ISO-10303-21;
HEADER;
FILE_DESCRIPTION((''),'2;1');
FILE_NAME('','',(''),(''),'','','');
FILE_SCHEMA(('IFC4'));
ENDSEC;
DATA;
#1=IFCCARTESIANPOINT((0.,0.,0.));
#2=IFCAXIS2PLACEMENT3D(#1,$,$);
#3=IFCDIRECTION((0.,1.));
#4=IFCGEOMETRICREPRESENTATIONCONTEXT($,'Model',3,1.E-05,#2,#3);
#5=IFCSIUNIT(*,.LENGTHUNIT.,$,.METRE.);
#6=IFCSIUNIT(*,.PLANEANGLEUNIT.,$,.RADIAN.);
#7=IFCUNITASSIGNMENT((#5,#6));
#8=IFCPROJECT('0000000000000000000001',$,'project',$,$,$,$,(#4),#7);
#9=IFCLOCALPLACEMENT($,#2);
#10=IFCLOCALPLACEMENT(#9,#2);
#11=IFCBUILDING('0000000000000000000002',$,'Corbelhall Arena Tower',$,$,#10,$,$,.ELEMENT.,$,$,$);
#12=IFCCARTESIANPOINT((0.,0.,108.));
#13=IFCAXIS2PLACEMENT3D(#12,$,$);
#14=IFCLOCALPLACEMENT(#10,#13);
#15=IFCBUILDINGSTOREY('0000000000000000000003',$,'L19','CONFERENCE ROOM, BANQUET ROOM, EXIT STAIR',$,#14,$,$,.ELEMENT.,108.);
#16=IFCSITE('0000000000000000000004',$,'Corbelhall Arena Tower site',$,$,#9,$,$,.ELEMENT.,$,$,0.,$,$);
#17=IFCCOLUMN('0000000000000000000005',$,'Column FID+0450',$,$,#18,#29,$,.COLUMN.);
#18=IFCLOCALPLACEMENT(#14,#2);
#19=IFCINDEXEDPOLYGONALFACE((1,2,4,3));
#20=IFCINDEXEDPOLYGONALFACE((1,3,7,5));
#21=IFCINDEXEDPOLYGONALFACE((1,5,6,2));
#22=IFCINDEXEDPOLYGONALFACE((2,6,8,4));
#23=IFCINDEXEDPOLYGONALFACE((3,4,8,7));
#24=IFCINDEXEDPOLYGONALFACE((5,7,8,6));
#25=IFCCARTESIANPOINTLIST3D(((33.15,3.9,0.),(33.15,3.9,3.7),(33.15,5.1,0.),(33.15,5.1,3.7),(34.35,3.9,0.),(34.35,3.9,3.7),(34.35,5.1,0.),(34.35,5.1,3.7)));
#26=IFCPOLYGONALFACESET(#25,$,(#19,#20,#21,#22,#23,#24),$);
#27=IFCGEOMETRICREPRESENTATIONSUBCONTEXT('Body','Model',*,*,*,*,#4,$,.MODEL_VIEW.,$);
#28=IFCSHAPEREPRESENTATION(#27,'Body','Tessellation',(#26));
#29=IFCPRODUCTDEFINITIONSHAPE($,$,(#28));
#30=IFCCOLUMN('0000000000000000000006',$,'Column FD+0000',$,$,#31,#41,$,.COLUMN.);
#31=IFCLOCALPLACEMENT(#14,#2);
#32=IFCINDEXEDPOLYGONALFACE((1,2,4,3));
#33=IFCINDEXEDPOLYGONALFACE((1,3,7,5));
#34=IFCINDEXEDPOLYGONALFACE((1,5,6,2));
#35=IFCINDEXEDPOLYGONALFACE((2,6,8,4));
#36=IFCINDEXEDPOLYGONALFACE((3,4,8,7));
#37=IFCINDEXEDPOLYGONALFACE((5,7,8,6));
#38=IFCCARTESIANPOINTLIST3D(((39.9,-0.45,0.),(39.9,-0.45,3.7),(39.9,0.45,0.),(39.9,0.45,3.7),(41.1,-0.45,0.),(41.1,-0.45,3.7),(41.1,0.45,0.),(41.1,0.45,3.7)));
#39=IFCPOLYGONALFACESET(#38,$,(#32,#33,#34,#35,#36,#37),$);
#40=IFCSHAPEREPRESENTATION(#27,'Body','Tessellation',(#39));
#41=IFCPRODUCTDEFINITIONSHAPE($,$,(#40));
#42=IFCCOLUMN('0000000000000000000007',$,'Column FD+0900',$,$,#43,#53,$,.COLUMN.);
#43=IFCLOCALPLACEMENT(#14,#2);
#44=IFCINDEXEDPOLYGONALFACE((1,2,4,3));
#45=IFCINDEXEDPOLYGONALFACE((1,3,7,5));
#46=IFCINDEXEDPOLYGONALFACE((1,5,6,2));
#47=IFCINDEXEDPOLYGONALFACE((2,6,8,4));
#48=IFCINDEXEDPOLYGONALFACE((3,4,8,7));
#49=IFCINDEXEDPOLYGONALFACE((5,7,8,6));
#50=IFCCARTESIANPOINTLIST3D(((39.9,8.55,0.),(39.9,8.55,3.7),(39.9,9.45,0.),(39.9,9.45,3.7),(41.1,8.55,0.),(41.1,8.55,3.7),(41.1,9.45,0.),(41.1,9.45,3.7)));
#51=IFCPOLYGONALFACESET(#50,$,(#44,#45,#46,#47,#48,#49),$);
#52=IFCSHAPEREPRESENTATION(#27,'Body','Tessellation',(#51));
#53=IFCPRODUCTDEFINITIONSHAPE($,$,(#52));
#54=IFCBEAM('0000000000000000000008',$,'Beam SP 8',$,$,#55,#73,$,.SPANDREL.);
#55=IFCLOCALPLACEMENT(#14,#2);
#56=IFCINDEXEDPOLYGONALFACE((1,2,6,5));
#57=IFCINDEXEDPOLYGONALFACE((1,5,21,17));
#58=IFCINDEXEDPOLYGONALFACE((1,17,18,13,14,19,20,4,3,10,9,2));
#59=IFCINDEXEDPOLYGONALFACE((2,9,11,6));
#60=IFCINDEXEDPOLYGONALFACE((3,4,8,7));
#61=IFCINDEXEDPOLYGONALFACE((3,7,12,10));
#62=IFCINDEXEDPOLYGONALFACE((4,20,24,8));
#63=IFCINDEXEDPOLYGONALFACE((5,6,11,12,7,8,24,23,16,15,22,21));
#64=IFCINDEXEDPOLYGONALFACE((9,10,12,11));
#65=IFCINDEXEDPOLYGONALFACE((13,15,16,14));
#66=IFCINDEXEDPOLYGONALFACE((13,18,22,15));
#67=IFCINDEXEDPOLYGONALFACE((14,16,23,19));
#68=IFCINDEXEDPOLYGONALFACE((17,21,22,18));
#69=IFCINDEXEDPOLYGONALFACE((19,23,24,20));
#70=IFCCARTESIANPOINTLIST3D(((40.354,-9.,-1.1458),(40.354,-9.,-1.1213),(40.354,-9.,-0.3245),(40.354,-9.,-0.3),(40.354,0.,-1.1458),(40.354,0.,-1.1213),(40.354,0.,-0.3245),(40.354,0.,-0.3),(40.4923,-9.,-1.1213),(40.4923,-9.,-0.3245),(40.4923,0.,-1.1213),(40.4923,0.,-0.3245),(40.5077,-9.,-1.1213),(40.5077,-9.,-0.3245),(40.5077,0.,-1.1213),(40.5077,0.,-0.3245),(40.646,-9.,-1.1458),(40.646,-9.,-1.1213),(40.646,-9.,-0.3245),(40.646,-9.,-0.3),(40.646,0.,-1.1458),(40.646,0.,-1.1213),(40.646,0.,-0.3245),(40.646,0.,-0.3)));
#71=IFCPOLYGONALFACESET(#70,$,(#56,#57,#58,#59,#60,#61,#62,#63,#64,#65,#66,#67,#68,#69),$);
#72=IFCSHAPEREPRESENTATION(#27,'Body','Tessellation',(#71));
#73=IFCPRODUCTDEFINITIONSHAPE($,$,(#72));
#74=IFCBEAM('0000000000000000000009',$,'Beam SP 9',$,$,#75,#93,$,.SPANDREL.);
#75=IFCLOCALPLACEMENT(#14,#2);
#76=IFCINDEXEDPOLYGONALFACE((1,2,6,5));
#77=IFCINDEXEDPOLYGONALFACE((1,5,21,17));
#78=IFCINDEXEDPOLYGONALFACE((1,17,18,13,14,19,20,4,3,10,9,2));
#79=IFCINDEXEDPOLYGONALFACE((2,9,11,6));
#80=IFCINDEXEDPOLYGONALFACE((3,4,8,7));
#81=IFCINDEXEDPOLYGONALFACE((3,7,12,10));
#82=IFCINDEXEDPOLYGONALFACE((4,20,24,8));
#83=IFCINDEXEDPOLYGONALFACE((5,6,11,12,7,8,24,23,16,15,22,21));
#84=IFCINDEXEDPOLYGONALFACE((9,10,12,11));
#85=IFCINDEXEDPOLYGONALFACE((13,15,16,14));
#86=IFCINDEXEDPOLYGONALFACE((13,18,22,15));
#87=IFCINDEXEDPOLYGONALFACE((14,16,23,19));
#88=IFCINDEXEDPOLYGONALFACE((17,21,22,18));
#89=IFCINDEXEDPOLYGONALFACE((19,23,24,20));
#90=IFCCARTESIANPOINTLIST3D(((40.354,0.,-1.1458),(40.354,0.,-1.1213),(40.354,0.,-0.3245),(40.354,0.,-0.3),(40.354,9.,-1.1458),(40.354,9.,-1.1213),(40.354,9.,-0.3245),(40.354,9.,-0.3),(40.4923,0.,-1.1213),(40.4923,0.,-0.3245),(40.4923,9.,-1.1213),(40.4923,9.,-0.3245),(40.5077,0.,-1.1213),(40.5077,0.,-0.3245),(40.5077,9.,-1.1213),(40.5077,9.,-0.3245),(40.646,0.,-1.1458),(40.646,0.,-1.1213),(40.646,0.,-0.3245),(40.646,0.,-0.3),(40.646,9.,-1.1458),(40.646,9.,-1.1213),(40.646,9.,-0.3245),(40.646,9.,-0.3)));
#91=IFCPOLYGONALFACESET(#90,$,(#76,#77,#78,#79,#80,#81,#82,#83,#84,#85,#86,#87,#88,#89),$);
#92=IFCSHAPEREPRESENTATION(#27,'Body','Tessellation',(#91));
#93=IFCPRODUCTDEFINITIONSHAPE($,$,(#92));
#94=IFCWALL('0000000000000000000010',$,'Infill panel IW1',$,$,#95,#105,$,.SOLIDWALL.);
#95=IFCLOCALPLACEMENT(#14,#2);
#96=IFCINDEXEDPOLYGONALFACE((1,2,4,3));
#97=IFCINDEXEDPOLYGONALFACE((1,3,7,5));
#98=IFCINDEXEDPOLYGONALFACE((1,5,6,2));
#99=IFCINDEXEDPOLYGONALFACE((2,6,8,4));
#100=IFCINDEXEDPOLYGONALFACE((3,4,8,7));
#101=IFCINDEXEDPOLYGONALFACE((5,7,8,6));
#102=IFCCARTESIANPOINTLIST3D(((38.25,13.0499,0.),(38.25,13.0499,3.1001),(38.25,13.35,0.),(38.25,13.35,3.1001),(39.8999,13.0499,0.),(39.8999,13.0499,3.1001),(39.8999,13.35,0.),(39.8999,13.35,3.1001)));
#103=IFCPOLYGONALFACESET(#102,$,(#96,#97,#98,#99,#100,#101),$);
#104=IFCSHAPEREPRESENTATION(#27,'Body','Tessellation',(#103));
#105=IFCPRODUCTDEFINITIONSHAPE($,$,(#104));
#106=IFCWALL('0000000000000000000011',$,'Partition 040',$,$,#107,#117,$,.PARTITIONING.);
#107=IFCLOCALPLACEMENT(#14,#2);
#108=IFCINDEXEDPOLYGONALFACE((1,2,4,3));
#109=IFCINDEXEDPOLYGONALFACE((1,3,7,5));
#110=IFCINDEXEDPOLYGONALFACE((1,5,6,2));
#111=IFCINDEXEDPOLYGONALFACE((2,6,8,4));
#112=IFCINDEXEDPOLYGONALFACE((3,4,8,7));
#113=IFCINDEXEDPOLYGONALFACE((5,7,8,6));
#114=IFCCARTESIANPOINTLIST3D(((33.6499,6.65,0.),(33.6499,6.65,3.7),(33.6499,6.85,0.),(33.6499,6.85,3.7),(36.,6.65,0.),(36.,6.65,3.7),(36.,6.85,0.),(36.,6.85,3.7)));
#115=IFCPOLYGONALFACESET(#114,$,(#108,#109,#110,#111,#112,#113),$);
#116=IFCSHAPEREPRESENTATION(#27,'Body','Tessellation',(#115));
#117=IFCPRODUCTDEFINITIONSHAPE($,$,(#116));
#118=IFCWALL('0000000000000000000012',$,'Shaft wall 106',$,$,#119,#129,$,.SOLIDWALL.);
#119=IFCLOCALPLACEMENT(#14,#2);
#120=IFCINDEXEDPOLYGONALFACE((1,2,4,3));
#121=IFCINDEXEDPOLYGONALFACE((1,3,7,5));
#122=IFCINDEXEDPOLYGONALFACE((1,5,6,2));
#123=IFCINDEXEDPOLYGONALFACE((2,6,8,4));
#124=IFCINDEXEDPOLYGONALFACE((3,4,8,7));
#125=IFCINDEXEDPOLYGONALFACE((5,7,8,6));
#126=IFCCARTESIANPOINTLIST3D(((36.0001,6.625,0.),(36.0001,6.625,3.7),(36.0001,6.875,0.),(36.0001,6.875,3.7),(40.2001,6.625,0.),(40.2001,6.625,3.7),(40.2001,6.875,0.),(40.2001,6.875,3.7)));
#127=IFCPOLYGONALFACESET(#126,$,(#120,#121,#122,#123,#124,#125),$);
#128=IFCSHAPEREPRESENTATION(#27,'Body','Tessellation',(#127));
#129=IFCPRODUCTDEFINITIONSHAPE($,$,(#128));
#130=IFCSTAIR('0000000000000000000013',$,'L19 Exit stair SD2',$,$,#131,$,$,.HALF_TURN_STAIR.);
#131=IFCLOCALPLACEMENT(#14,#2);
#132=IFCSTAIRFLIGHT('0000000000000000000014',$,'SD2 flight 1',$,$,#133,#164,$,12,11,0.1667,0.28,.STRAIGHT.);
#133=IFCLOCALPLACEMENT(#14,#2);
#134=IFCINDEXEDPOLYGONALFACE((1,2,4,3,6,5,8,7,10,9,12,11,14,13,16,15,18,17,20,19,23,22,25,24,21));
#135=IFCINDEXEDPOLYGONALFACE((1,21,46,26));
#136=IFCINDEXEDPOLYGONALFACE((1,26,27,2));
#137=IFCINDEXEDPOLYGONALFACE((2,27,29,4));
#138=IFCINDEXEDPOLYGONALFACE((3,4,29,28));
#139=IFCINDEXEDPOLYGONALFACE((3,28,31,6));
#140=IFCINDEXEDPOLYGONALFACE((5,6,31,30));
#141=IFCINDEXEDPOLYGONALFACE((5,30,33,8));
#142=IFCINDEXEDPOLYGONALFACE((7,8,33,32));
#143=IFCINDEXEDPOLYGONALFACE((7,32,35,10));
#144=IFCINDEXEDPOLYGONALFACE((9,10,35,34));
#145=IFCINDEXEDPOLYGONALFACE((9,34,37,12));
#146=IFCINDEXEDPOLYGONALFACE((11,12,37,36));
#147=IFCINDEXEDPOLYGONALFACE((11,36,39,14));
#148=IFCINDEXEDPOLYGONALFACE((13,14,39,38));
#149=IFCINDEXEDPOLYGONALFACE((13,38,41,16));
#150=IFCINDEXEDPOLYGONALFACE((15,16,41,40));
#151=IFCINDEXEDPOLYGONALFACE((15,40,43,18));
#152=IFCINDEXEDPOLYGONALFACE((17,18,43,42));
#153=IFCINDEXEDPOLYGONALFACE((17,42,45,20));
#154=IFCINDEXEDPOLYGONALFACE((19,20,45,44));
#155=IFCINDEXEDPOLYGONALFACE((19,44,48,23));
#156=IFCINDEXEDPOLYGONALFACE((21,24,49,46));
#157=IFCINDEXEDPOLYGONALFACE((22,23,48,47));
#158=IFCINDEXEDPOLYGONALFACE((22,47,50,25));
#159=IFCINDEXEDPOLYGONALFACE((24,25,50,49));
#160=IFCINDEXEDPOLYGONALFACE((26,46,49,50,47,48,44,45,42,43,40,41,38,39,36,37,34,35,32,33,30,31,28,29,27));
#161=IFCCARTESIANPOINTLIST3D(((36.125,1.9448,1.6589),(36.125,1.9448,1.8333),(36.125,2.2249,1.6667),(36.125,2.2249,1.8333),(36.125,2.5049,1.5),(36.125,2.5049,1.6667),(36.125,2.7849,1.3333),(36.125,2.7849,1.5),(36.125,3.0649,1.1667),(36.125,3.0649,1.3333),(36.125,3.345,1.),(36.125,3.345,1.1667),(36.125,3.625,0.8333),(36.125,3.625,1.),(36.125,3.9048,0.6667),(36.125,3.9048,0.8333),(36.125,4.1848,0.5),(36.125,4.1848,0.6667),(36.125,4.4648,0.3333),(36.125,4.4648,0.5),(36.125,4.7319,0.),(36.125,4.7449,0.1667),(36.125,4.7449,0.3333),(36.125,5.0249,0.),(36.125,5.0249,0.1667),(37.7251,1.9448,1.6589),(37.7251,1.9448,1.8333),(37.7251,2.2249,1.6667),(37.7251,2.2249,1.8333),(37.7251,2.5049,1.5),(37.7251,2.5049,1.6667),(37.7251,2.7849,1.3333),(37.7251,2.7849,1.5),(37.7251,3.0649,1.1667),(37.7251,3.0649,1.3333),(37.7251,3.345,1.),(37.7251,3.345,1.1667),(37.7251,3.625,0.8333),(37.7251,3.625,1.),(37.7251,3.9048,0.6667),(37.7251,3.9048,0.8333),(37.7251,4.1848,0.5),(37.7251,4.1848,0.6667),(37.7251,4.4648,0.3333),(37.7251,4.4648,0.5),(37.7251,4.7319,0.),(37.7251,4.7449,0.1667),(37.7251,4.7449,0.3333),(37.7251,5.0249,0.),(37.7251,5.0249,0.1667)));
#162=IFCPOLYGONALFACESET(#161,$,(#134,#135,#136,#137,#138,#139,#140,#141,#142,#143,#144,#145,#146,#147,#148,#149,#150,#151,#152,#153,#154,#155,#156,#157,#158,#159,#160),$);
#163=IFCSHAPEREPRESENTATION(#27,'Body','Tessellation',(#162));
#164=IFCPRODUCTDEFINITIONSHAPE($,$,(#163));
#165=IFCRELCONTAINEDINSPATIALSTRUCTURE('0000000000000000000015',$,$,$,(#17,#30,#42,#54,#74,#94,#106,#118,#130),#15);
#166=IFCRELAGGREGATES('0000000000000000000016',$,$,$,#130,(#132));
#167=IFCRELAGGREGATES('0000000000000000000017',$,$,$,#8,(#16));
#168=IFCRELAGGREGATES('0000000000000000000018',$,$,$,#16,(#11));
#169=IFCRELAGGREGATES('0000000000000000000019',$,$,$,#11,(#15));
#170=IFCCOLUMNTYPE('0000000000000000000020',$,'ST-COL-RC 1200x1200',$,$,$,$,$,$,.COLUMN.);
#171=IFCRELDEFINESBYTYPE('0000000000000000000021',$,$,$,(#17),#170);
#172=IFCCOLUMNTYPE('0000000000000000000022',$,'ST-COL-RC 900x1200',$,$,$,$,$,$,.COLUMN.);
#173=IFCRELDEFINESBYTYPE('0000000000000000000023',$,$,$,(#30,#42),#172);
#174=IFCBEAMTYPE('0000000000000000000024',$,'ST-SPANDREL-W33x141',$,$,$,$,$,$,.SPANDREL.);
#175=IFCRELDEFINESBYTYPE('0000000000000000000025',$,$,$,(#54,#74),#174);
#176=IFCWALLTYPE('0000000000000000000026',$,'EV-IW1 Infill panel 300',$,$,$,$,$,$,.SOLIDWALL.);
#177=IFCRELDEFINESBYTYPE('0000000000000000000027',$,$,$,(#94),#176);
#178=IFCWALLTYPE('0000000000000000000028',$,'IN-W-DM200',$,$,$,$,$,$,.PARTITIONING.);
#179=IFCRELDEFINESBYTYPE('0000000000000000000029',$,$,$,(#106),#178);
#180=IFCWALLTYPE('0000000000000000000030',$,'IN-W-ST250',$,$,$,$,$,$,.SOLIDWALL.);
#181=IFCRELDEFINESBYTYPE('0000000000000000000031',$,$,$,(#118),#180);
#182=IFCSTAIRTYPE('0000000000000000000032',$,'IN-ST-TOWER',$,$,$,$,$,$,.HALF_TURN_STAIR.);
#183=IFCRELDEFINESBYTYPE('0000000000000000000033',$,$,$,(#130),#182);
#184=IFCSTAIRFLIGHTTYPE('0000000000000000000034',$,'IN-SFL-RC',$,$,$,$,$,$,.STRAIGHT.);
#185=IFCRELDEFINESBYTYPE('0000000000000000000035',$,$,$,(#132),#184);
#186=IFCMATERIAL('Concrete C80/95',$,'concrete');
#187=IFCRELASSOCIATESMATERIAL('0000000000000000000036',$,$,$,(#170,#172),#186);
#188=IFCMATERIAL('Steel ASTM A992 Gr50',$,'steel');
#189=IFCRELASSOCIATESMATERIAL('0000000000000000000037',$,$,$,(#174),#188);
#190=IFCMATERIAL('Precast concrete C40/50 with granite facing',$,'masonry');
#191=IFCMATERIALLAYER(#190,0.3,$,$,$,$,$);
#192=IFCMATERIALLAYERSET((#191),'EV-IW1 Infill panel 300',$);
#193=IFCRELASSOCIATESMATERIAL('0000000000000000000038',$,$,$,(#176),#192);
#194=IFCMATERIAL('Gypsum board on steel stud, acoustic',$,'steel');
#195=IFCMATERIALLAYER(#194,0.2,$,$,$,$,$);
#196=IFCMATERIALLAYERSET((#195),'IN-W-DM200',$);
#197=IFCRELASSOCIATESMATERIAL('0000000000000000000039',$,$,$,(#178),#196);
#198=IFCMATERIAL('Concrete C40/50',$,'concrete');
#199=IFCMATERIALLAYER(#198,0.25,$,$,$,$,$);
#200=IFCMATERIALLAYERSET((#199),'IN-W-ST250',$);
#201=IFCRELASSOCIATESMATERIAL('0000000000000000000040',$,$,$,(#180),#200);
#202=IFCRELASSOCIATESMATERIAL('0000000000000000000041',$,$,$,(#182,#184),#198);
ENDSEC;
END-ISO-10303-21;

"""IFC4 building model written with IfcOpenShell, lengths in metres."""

from ifc_helpers import new_model, si_unit, direction, frame, frame_2d, origin, origin_2d, place, context, subcontext, project, spatial, polyline, rectangle, i_section, outline, extrude, material, layer, layer_set, material_profile, profile_set, type_object, element, aggregate, save


model = new_model("IFC4")

# Units and contexts
model_context = context("Model", 3, precision=1e-05, world=origin(), true_north=direction((0.0, 1.0)))
body_context = subcontext(model_context, "Body", "Model", "MODEL_VIEW")
ifc_project = project(units=[si_unit("LENGTHUNIT", "METRE"), si_unit("PLANEANGLEUNIT", "RADIAN")], contexts=[model_context])

# Site, building, storey
site_placement = place(None, origin())
site = spatial("IfcSite", under=ifc_project, at=site_placement, Name="Corbelhall Arena Tower site", CompositionType="ELEMENT", RefElevation=0.0)
building_placement = place(site_placement, origin())
building = spatial("IfcBuilding", under=site, at=building_placement, Name="Corbelhall Arena Tower", CompositionType="ELEMENT")
storey_placement = place(building_placement, frame((0.0, 0.0, 108.0)))
storey = spatial("IfcBuildingStorey", under=building, at=storey_placement, Name="L19", Description="CONFERENCE ROOM, BANQUET ROOM, EXIT STAIR", CompositionType="ELEMENT", Elevation=108.0)

# Columns
ifc_material_1 = material(Name="Concrete C80/95", Category="concrete")
ifc_material_profile_1 = material_profile(ifc_material_1, rectangle(XDim=1.2, YDim=1.2, at=origin_2d()))
ifc_profile_set_1 = profile_set([ifc_material_profile_1], Name="Concrete C80/95")
column_type_1 = type_object("IfcColumnType", Name="ST-COL-RC 1200x1200", PredefinedType="COLUMN", material=ifc_profile_set_1)
column_placement = place(storey_placement, frame((33.75, 4.5, 0.0), z_axis=(0.0, 0.0, 1.0), x_axis=(1.0, 0.0, 0.0)))
element("IfcColumn", 1, at=column_placement, inside=storey, type_object=column_type_1, Name="Column FID+0450", PredefinedType="COLUMN", context=body_context, shape_type="SweptSolid", body=[
    extrude(rectangle(XDim=1.2, YDim=1.2, at=origin_2d()), origin(), (0.0, 0.0, 1.0), 3.7),
])
ifc_material_profile_2 = material_profile(ifc_material_1, rectangle(XDim=0.8999, YDim=1.2, at=origin_2d()))
ifc_profile_set_2 = profile_set([ifc_material_profile_2], Name="Concrete C80/95")
column_type_2 = type_object("IfcColumnType", Name="ST-COL-RC 900x1200", PredefinedType="COLUMN", material=ifc_profile_set_2)
for number, where, z_axis, x_axis, name in (
    (2, (40.5, 0.0, 0.0), (0.0, 0.0, 1.0), (0.0, 1.0, 0.0), "Column FD+0000"),
    (3, (40.5, 9.0, 0.0), (0.0, 0.0, 1.0), (0.0, 1.0, 0.0), "Column FD+0900"),
):
    element("IfcColumn", number, at=place(storey_placement, frame(where, z_axis=z_axis, x_axis=x_axis)), inside=storey, type_object=column_type_2, Name=name, PredefinedType="COLUMN", context=body_context, shape_type="SweptSolid", body=[
        extrude(rectangle(XDim=0.8999, YDim=1.2, at=origin_2d()), origin(), (0.0, 0.0, 1.0), 3.7),
    ])

# Beams
ifc_material_2 = material(Name="Steel ASTM A992 Gr50", Category="steel")
ifc_material_profile_3 = material_profile(ifc_material_2, i_section(OverallWidth=0.292, OverallDepth=0.8457, WebThickness=0.0154, FlangeThickness=0.0244, at=origin_2d()))
ifc_profile_set_3 = profile_set([ifc_material_profile_3], Name="Steel ASTM A992 Gr50")
beam_type = type_object("IfcBeamType", Name="ST-SPANDREL-W33x141", PredefinedType="SPANDREL", material=ifc_profile_set_3)
for number, where, z_axis, x_axis, name in (
    (4, (40.5, 0.0, -0.7229), (0.0, -1.0, 0.0), (1.0, 0.0, 0.0), "Beam SP 8"),
    (5, (40.5, 9.0, -0.7229), (0.0, -1.0, 0.0), (1.0, 0.0, 0.0), "Beam SP 9"),
):
    element("IfcBeam", number, at=place(storey_placement, frame(where, z_axis=z_axis, x_axis=x_axis)), inside=storey, type_object=beam_type, Name=name, PredefinedType="SPANDREL", context=body_context, shape_type="SweptSolid", body=[
        extrude(i_section(OverallWidth=0.292, OverallDepth=0.8457, WebThickness=0.0154, FlangeThickness=0.0244, at=origin_2d()), origin(), (0.0, 0.0, 1.0), 9.0),
    ])

# Wall
ifc_material_3 = material(Name="Precast concrete C40/50 with granite facing", Category="masonry")
ifc_layer_1 = layer(ifc_material_3, 0.3)
ifc_layer_set_1 = layer_set([ifc_layer_1], Name="EV-IW1 Infill panel 300")
wall_type_1 = type_object("IfcWallType", Name="EV-IW1 Infill panel 300", PredefinedType="SOLIDWALL", material=ifc_layer_set_1)
wall_1_placement = place(storey_placement, frame((39.8999, 13.2, 0.0), z_axis=(0.0, 0.0, 1.0), x_axis=(-1.0, 0.0, 0.0)))
element("IfcWall", 6, at=wall_1_placement, inside=storey, type_object=wall_type_1, Name="Infill panel IW1", PredefinedType="SOLIDWALL", context=body_context, shape_type="SweptSolid", body=[
    extrude(rectangle(XDim=1.6499, YDim=0.3, at=frame_2d((0.825, 0.0))), origin(), (0.0, 0.0, 1.0), 3.1001),
])

# Walls
ifc_material_4 = material(Name="Gypsum board on steel stud, acoustic", Category="steel")
ifc_layer_2 = layer(ifc_material_4, 0.2)
ifc_layer_set_2 = layer_set([ifc_layer_2], Name="IN-W-DM200")
wall_type_2 = type_object("IfcWallType", Name="IN-W-DM200", PredefinedType="PARTITIONING", material=ifc_layer_set_2)
wall_2_placement = place(storey_placement, frame((33.6499, 6.75, 0.0), z_axis=(0.0, 0.0, 1.0), x_axis=(1.0, 0.0, 0.0)))
element("IfcWall", 7, at=wall_2_placement, inside=storey, type_object=wall_type_2, Name="Partition 040", PredefinedType="PARTITIONING", context=body_context, shape_type="SweptSolid", body=[
    extrude(rectangle(XDim=2.3501, YDim=0.2, at=frame_2d((1.175, 0.0))), origin(), (0.0, 0.0, 1.0), 3.7),
])
ifc_material_5 = material(Name="Concrete C40/50", Category="concrete")
ifc_layer_3 = layer(ifc_material_5, 0.25)
ifc_layer_set_3 = layer_set([ifc_layer_3], Name="IN-W-ST250")
wall_type_3 = type_object("IfcWallType", Name="IN-W-ST250", PredefinedType="SOLIDWALL", material=ifc_layer_set_3)
wall_3_placement = place(storey_placement, frame((36.0, 6.75, 0.0), z_axis=(0.0, 0.0, 1.0), x_axis=(1.0, 0.0, 0.0)))
element("IfcWall", 8, at=wall_3_placement, inside=storey, type_object=wall_type_3, Name="Shaft wall 106", PredefinedType="SOLIDWALL", context=body_context, shape_type="SweptSolid", body=[
    extrude(rectangle(XDim=4.2, YDim=0.25, at=frame_2d((2.1001, 0.0))), origin(), (0.0, 0.0, 1.0), 3.7),
])

# Stair, stair flight
stair_type = type_object("IfcStairType", Name="IN-ST-TOWER", PredefinedType="HALF_TURN_STAIR", material=ifc_material_5)
stair_placement = place(storey_placement, origin())
stair = element("IfcStair", 9, at=stair_placement, inside=storey, type_object=stair_type, Name="L19 Exit stair SD2", PredefinedType="HALF_TURN_STAIR")
stair_flight_type = type_object("IfcStairFlightType", Name="IN-SFL-RC", PredefinedType="STRAIGHT", material=ifc_material_5)
stair_flight_1_placement = place(storey_placement, frame((36.925, 5.0249, 0.0), z_axis=(0.0, 0.0, 1.0), x_axis=(0.0, -1.0, 0.0)))
stair_flight_1 = element("IfcStairFlight", 10, at=stair_flight_1_placement, type_object=stair_flight_type, Name="SD2 flight 1", NumberOfRisers=12, NumberOfTreads=11, PredefinedType="STRAIGHT", RiserHeight=0.1667, TreadLength=0.28, context=body_context, shape_type="SweptSolid", body=[
    extrude(outline(polyline([(0.0, 0.0), (0.0, 0.1667), (0.28, 0.1667), (0.28, 0.3333), (0.5601, 0.3333), (0.5601, 0.5), (0.8401, 0.5), (0.8401, 0.6667), (1.1201, 0.6667), (1.1201, 0.8333), (1.3999, 0.8333), (1.3999, 1.0), (1.6799, 1.0), (1.6799, 1.1667), (1.96, 1.1667), (1.96, 1.3333), (2.24, 1.3333), (2.24, 1.5), (2.52, 1.5), (2.52, 1.6667), (2.8, 1.6667), (2.8, 1.8333), (3.0801, 1.8333), (3.0801, 2.0), (3.0801, 1.6589), (0.293, 0.0), (0.0, 0.0)])), frame((0.0, 0.8, 0.0), z_axis=(0.0, -1.0, 0.0), x_axis=(1.0, 0.0, 0.0)), (0.0, 0.0, 1.0), 1.6001),
])
aggregate(stair, [stair_flight_1])

save(model, "model.ifc")
